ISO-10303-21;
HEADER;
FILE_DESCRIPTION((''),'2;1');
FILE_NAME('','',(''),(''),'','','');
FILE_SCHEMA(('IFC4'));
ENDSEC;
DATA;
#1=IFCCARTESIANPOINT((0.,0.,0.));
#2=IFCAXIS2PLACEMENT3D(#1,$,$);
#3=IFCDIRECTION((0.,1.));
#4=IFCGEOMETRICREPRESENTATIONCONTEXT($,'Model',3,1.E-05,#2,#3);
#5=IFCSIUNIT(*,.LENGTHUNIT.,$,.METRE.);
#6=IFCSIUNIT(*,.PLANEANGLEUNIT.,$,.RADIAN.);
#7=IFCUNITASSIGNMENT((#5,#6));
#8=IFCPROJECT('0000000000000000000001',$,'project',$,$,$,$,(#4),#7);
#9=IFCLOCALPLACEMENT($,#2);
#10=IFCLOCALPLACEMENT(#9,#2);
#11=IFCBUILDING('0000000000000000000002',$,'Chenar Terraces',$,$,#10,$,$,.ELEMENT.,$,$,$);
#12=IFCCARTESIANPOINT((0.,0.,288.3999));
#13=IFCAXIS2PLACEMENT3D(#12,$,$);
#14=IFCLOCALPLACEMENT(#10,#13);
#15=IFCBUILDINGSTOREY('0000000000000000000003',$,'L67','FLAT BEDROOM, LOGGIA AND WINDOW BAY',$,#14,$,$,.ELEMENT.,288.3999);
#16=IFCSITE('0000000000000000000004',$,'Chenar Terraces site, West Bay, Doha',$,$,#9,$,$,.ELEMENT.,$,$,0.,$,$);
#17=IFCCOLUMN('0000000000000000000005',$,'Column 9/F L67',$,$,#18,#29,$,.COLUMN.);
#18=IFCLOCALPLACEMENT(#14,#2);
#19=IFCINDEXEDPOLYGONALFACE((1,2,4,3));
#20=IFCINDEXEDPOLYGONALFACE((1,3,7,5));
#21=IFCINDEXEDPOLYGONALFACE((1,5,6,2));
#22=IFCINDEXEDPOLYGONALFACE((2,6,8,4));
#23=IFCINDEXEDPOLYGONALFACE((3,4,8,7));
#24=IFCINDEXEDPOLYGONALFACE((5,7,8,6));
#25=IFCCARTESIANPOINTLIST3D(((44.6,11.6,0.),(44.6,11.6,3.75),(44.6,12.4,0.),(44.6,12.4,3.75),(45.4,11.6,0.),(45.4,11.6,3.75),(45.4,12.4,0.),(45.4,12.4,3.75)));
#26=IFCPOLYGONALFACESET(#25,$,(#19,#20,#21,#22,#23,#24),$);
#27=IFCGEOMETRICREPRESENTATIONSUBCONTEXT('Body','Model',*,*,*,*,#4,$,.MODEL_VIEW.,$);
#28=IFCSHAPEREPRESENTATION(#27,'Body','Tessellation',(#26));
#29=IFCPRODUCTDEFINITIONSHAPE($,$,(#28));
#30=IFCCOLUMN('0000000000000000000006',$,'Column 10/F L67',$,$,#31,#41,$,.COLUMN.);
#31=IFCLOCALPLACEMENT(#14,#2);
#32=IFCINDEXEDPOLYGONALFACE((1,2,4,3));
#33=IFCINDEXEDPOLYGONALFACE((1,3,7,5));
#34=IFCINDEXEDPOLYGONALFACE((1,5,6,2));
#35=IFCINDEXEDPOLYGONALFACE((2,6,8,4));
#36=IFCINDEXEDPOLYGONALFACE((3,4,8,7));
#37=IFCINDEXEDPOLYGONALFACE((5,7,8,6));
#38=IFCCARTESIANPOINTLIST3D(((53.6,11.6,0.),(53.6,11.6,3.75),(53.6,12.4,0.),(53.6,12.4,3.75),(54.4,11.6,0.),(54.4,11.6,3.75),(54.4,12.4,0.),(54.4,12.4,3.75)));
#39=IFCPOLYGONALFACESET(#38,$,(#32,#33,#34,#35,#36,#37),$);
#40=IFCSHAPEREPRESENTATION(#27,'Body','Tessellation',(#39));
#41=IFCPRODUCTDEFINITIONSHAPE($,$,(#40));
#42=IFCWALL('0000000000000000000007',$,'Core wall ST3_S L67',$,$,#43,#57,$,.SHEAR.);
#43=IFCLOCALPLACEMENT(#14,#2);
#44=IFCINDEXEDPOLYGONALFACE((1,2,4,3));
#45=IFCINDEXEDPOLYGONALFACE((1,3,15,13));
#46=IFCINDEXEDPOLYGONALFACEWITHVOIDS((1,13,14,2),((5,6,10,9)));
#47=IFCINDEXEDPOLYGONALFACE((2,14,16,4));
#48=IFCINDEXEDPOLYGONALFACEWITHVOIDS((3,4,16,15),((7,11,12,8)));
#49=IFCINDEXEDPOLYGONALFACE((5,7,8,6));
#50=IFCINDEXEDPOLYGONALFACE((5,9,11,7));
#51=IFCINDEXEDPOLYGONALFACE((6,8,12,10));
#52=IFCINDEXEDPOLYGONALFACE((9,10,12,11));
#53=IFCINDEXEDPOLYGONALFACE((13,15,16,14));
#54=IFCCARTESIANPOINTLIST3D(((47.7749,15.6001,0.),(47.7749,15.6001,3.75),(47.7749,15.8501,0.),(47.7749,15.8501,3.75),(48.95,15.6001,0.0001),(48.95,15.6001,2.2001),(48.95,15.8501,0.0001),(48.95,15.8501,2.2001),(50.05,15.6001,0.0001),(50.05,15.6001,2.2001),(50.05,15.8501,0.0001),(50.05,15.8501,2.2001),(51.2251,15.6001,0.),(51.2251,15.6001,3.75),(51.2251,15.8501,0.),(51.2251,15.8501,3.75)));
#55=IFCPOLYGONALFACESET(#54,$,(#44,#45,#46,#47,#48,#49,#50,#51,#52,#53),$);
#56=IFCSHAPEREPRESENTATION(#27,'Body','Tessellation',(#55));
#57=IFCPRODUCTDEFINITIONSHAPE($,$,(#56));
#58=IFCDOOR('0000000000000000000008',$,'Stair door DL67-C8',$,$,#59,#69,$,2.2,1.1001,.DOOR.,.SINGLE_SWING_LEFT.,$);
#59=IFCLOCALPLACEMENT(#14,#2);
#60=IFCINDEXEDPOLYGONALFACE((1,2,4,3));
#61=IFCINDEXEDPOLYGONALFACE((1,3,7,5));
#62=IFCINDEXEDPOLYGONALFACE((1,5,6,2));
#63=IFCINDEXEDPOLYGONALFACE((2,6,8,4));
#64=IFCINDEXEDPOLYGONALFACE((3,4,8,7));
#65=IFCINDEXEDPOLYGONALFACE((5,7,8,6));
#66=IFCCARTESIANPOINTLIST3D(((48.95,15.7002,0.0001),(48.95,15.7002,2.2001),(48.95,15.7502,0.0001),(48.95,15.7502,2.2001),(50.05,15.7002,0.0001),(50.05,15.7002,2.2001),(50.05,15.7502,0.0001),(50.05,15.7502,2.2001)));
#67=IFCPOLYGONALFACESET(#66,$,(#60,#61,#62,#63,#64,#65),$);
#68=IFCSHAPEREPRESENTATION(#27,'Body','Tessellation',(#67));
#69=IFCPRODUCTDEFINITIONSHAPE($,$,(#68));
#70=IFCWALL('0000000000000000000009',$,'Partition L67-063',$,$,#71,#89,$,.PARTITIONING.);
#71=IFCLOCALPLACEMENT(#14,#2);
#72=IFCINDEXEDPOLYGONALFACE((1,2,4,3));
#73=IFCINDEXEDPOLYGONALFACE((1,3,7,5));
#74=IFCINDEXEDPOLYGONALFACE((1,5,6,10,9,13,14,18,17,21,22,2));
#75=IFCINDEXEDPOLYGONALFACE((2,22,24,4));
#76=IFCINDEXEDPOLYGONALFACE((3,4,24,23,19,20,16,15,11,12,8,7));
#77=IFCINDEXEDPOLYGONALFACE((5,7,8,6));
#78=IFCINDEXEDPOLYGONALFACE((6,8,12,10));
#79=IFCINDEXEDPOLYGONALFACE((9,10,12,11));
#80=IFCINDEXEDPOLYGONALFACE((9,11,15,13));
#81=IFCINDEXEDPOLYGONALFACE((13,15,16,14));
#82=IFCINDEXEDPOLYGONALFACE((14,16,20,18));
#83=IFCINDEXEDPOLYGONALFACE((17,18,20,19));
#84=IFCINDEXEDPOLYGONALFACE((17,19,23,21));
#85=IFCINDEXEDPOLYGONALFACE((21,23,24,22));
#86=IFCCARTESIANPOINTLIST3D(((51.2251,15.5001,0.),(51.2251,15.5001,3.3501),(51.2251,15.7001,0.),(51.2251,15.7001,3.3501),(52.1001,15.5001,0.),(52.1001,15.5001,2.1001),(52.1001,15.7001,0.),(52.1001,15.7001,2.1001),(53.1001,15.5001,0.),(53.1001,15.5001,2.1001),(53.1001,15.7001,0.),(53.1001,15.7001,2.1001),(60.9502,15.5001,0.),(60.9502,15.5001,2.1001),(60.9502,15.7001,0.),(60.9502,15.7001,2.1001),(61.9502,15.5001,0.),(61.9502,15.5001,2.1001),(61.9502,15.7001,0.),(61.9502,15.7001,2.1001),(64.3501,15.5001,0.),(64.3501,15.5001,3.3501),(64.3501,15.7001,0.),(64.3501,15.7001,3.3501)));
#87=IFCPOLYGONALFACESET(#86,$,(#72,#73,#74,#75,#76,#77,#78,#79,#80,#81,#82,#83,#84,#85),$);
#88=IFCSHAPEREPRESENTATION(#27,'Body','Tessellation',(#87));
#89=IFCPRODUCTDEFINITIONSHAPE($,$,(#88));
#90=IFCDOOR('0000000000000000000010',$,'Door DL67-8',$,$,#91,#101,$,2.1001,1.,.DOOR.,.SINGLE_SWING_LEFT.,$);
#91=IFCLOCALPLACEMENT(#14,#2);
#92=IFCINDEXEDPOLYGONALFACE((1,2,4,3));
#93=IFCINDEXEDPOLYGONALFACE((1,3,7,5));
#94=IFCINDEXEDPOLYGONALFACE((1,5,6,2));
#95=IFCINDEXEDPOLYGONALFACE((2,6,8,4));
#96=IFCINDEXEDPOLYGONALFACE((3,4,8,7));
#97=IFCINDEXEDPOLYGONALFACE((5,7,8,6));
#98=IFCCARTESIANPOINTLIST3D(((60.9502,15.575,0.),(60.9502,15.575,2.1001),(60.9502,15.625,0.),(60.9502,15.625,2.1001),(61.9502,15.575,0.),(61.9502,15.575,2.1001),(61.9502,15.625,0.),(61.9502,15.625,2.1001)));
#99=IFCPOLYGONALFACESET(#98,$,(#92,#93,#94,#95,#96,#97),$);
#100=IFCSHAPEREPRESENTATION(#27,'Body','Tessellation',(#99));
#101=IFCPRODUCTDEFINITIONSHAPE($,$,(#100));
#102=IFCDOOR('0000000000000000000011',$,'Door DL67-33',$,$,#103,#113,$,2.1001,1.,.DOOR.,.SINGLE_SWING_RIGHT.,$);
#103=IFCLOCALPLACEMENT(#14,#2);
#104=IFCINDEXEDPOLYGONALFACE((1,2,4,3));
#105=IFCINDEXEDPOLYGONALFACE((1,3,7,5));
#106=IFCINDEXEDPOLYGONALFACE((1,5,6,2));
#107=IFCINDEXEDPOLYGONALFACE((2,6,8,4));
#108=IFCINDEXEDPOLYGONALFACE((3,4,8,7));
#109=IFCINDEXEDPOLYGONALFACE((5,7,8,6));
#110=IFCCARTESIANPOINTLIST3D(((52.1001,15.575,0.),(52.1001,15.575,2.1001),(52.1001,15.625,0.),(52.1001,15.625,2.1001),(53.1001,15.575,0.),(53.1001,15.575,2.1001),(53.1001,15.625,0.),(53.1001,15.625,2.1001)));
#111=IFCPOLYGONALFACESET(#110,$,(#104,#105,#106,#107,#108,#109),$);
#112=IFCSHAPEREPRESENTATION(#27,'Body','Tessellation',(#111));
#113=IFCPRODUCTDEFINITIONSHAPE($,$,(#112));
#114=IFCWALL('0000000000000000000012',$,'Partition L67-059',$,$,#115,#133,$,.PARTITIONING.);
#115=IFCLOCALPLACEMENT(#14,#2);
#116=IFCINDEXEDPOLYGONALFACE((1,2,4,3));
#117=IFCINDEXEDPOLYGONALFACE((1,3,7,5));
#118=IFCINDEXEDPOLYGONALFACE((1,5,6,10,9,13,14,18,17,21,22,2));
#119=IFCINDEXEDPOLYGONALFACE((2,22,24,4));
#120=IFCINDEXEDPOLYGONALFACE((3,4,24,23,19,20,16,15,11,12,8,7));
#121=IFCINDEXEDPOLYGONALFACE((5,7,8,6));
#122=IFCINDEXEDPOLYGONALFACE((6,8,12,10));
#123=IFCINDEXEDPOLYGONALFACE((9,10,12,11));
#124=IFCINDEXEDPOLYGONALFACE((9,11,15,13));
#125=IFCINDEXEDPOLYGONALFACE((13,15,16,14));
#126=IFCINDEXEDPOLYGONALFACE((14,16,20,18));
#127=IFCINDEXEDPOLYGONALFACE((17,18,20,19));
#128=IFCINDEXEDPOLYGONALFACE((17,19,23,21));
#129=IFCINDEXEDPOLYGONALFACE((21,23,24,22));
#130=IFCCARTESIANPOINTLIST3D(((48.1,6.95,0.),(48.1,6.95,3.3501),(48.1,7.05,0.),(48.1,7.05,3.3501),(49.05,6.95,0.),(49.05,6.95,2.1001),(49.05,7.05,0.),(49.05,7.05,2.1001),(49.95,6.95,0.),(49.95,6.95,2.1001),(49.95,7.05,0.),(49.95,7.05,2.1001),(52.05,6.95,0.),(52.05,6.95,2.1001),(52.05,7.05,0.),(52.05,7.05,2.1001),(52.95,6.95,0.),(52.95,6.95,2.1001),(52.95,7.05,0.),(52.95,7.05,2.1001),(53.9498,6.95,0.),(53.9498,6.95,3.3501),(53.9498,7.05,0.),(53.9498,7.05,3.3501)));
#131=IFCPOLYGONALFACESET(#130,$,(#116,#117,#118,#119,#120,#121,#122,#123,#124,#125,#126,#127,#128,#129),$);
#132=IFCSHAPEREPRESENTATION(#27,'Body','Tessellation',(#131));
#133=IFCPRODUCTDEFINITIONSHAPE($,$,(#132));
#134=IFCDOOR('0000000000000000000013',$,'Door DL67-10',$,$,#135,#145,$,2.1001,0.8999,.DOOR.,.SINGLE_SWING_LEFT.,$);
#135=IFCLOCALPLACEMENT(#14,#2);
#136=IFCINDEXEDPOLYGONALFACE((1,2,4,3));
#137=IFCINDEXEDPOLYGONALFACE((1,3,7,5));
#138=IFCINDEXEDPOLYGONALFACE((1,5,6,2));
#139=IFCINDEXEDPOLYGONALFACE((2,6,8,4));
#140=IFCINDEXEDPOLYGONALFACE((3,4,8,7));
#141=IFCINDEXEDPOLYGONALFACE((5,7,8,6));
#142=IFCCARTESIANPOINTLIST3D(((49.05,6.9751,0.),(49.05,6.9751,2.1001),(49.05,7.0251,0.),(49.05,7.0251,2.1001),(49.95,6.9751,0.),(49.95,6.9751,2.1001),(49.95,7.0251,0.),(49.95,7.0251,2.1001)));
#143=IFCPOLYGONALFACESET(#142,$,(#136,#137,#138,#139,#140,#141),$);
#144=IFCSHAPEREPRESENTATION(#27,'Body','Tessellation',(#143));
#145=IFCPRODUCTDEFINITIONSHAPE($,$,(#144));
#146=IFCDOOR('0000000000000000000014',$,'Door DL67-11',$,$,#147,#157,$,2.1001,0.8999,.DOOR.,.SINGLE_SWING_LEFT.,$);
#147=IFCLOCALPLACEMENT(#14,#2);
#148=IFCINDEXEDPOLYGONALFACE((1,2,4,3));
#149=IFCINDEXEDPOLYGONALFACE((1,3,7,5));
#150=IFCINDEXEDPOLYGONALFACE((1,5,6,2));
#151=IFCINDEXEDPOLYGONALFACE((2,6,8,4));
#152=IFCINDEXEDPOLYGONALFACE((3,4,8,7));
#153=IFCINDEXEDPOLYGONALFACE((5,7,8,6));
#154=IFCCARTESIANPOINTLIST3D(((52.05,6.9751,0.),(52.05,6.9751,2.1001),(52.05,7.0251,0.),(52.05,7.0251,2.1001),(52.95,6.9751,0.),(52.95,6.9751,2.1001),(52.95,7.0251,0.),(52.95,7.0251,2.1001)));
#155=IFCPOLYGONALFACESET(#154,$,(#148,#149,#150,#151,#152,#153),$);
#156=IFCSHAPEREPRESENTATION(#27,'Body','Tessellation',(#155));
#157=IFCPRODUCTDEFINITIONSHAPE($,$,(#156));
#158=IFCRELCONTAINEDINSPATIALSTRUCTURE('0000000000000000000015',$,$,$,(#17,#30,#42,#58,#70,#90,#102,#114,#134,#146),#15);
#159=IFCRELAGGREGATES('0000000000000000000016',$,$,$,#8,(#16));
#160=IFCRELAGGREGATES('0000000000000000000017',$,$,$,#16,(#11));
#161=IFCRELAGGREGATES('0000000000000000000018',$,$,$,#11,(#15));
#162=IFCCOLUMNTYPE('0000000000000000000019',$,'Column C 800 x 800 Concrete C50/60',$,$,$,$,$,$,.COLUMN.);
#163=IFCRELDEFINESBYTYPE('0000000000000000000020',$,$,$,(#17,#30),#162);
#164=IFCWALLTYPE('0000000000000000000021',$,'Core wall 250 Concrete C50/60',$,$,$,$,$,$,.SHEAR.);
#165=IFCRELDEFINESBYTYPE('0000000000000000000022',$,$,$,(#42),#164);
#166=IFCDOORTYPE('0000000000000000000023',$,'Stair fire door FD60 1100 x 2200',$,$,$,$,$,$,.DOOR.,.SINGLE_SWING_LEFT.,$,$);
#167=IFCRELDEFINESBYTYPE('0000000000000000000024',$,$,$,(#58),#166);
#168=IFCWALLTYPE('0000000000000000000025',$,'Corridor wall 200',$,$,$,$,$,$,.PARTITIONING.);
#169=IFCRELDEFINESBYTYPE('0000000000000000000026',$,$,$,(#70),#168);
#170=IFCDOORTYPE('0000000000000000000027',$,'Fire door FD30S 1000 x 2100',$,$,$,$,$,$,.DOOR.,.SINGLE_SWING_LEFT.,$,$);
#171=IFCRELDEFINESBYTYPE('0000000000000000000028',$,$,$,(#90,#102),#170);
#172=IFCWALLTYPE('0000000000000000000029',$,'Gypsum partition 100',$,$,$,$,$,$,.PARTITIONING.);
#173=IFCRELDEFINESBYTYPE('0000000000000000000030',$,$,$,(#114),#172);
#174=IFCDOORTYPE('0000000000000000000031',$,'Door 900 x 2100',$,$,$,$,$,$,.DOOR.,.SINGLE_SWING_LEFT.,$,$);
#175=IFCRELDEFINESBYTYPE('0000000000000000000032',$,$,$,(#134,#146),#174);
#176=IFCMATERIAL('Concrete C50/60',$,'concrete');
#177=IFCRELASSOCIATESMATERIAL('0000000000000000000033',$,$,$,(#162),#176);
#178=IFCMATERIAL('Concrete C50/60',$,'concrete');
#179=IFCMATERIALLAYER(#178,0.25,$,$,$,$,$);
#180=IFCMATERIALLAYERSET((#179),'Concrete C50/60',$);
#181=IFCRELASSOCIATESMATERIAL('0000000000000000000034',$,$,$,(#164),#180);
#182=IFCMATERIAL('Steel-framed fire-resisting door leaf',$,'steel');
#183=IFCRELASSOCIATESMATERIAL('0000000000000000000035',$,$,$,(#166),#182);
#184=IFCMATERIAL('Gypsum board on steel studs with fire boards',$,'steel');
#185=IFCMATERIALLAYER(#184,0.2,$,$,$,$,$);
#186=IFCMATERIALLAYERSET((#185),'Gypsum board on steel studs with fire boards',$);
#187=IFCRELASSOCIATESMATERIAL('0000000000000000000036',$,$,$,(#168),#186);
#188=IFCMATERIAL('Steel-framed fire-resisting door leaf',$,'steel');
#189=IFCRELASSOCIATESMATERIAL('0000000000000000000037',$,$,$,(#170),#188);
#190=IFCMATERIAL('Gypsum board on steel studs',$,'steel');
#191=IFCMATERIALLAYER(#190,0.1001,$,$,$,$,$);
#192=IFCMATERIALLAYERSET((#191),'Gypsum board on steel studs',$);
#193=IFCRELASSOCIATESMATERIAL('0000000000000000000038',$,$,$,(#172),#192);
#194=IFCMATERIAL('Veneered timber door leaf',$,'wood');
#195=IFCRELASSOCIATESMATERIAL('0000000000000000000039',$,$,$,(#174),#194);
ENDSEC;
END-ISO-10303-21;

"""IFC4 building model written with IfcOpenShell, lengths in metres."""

from ifc_helpers import new_model, si_unit, direction, frame, frame_2d, origin, origin_2d, place, context, subcontext, project, spatial, rectangle, extrude, material, layer, layer_set, material_profile, profile_set, type_object, element, fill, save


model = new_model("IFC4")

# Units and contexts
model_context = context("Model", 3, precision=1e-05, world=origin(), true_north=direction((0.0, 1.0)))
body_context = subcontext(model_context, "Body", "Model", "MODEL_VIEW")
ifc_project = project(units=[si_unit("LENGTHUNIT", "METRE"), si_unit("PLANEANGLEUNIT", "RADIAN")], contexts=[model_context])

# Site, building, storey
site_placement = place(None, origin())
site = spatial("IfcSite", under=ifc_project, at=site_placement, Name="Chenar Terraces site, West Bay, Doha", CompositionType="ELEMENT", RefElevation=0.0)
building_placement = place(site_placement, origin())
building = spatial("IfcBuilding", under=site, at=building_placement, Name="Chenar Terraces", CompositionType="ELEMENT")
storey_placement = place(building_placement, frame((0.0, 0.0, 288.3999)))
storey = spatial("IfcBuildingStorey", under=building, at=storey_placement, Name="L67", Description="FLAT BEDROOM, LOGGIA AND WINDOW BAY", CompositionType="ELEMENT", Elevation=288.3999)

# Columns
ifc_material_1 = material(Name="Concrete C50/60", Category="concrete")
ifc_material_profile = material_profile(ifc_material_1, rectangle(XDim=0.8, YDim=0.8, at=origin_2d()), Name="C 800 x 800")
ifc_profile_set = profile_set([ifc_material_profile], Name="Concrete C50/60")
column_type = type_object("IfcColumnType", Name="Column C 800 x 800 Concrete C50/60", PredefinedType="COLUMN", material=ifc_profile_set)
for number, where, z_axis, x_axis, name in (
    (1, (45.0, 12.0, 0.0), (0.0, 0.0, 1.0), (1.0, 0.0, 0.0), "Column 9/F L67"),
    (2, (54.0, 12.0, 0.0), (0.0, 0.0, 1.0), (1.0, 0.0, 0.0), "Column 10/F L67"),
):
    element("IfcColumn", number, at=place(storey_placement, frame(where, z_axis=z_axis, x_axis=x_axis)), inside=storey, type_object=column_type, Name=name, PredefinedType="COLUMN", context=body_context, shape_type="SweptSolid", body=[
        extrude(rectangle(XDim=0.8, YDim=0.8, at=origin_2d()), origin(), (0.0, 0.0, 1.0), 3.75),
    ])

# Wall, opening, door
ifc_material_2 = material(Name="Concrete C50/60", Category="concrete")
ifc_layer_1 = layer(ifc_material_2, 0.25)
ifc_layer_set_1 = layer_set([ifc_layer_1], Name="Concrete C50/60")
wall_type_1 = type_object("IfcWallType", Name="Core wall 250 Concrete C50/60", PredefinedType="SHEAR", material=ifc_layer_set_1)
wall_1_placement = place(storey_placement, frame((47.7749, 15.7251, 0.0), z_axis=(0.0, 0.0, 1.0), x_axis=(1.0, 0.0, 0.0)))
wall_1 = element("IfcWall", 3, at=wall_1_placement, inside=storey, type_object=wall_type_1, Name="Core wall ST3_S L67", PredefinedType="SHEAR", context=body_context, shape_type="SweptSolid", body=[
    extrude(rectangle(XDim=3.4502, YDim=0.25, at=frame_2d((1.7251, 0.0))), origin(), (0.0, 0.0, 1.0), 3.75),
])
opening_1_placement = place(wall_1_placement, frame((1.175, 0.0, 0.0)))
opening_1 = element("IfcOpeningElement", 4, at=opening_1_placement, cuts=wall_1, PredefinedType="OPENING", context=body_context, shape_type="SweptSolid", body=[
    extrude(rectangle(XDim=1.1001, YDim=2.2, at=frame_2d((0.55, 1.1001))), frame((0.0, 0.135, 0.0), z_axis=(0.0, -1.0, 0.0), x_axis=(1.0, 0.0, 0.0)), (0.0, 0.0, 1.0), 0.27),
])
ifc_material_3 = material(Name="Steel-framed fire-resisting door leaf", Category="steel")
door_type_1 = type_object("IfcDoorType", Name="Stair fire door FD60 1100 x 2200", OperationType="SINGLE_SWING_LEFT", PredefinedType="DOOR", material=ifc_material_3)
door_1_placement = place(opening_1_placement, frame((1.1001, 0.0, 0.0), z_axis=(0.0, 0.0, 1.0), x_axis=(-1.0, 0.0, 0.0)))
door_1 = element("IfcDoor", 5, at=door_1_placement, inside=storey, type_object=door_type_1, Name="Stair door DL67-C8", OperationType="SINGLE_SWING_LEFT", OverallHeight=2.2, OverallWidth=1.1001, PredefinedType="DOOR", context=body_context, shape_type="SweptSolid", body=[
    extrude(rectangle(XDim=1.1001, YDim=2.2, at=frame_2d((0.55, 1.1001))), frame((0.0, 0.0249, 0.0), z_axis=(0.0, -1.0, 0.0), x_axis=(1.0, 0.0, 0.0)), (0.0, 0.0, 1.0), 0.05),
])
fill(opening_1, door_1)

# Walls, openings, doors
ifc_material_4 = material(Name="Gypsum board on steel studs with fire boards", Category="steel")
ifc_layer_2 = layer(ifc_material_4, 0.2)
ifc_layer_set_2 = layer_set([ifc_layer_2], Name="Gypsum board on steel studs with fire boards")
wall_type_2 = type_object("IfcWallType", Name="Corridor wall 200", PredefinedType="PARTITIONING", material=ifc_layer_set_2)
wall_2_placement = place(storey_placement, frame((51.2251, 15.6001, 0.0), z_axis=(0.0, 0.0, 1.0), x_axis=(1.0, 0.0, 0.0)))
wall_2 = element("IfcWall", 6, at=wall_2_placement, inside=storey, type_object=wall_type_2, Name="Partition L67-063", PredefinedType="PARTITIONING", context=body_context, shape_type="SweptSolid", body=[
    extrude(rectangle(XDim=13.125, YDim=0.2, at=frame_2d((6.5625, 0.0))), origin(), (0.0, 0.0, 1.0), 3.3501),
])
opening_2_placement = place(wall_2_placement, frame((9.7251, 0.0, 0.0)))
opening_2 = element("IfcOpeningElement", 7, at=opening_2_placement, cuts=wall_2, PredefinedType="OPENING", context=body_context, shape_type="SweptSolid", body=[
    extrude(rectangle(XDim=1.0, YDim=2.1001, at=frame_2d((0.5, 1.05))), frame((0.0, 0.1099, 0.0), z_axis=(0.0, -1.0, 0.0), x_axis=(1.0, 0.0, 0.0)), (0.0, 0.0, 1.0), 0.22),
])
opening_3_placement = place(wall_2_placement, frame((0.875, 0.0, 0.0)))
opening_3 = element("IfcOpeningElement", 8, at=opening_3_placement, cuts=wall_2, PredefinedType="OPENING", context=body_context, shape_type="SweptSolid", body=[
    extrude(rectangle(XDim=1.0, YDim=2.1001, at=frame_2d((0.5, 1.05))), frame((0.0, 0.1099, 0.0), z_axis=(0.0, -1.0, 0.0), x_axis=(1.0, 0.0, 0.0)), (0.0, 0.0, 1.0), 0.22),
])
ifc_material_5 = material(Name="Steel-framed fire-resisting door leaf", Category="steel")
door_type_2 = type_object("IfcDoorType", Name="Fire door FD30S 1000 x 2100", OperationType="SINGLE_SWING_LEFT", PredefinedType="DOOR", material=ifc_material_5)
door_2_placement = place(opening_2_placement, origin())
door_2 = element("IfcDoor", 9, at=door_2_placement, inside=storey, type_object=door_type_2, Name="Door DL67-8", OperationType="SINGLE_SWING_LEFT", OverallHeight=2.1001, OverallWidth=1.0, PredefinedType="DOOR", context=body_context, shape_type="SweptSolid", body=[
    extrude(rectangle(XDim=1.0, YDim=2.1001, at=frame_2d((0.5, 1.05))), frame((0.0, 0.0249, 0.0), z_axis=(0.0, -1.0, 0.0), x_axis=(1.0, 0.0, 0.0)), (0.0, 0.0, 1.0), 0.05),
])
fill(opening_2, door_2)
door_3_placement = place(opening_3_placement, origin())
door_3 = element("IfcDoor", 10, at=door_3_placement, inside=storey, type_object=door_type_2, Name="Door DL67-33", OperationType="SINGLE_SWING_RIGHT", OverallHeight=2.1001, OverallWidth=1.0, PredefinedType="DOOR", context=body_context, shape_type="SweptSolid", body=[
    extrude(rectangle(XDim=1.0, YDim=2.1001, at=frame_2d((0.5, 1.05))), frame((0.0, 0.0249, 0.0), z_axis=(0.0, -1.0, 0.0), x_axis=(1.0, 0.0, 0.0)), (0.0, 0.0, 1.0), 0.05),
])
fill(opening_3, door_3)
ifc_material_6 = material(Name="Gypsum board on steel studs", Category="steel")
ifc_layer_3 = layer(ifc_material_6, 0.1001)
ifc_layer_set_3 = layer_set([ifc_layer_3], Name="Gypsum board on steel studs")
wall_type_3 = type_object("IfcWallType", Name="Gypsum partition 100", PredefinedType="PARTITIONING", material=ifc_layer_set_3)
wall_3_placement = place(storey_placement, frame((48.1001, 7.0, 0.0), z_axis=(0.0, 0.0, 1.0), x_axis=(1.0, 0.0, 0.0)))
wall_3 = element("IfcWall", 11, at=wall_3_placement, inside=storey, type_object=wall_type_3, Name="Partition L67-059", PredefinedType="PARTITIONING", context=body_context, shape_type="SweptSolid", body=[
    extrude(rectangle(XDim=5.8499, YDim=0.1001, at=frame_2d((2.9248, 0.0))), origin(), (0.0, 0.0, 1.0), 3.3501),
])
opening_4_placement = place(wall_3_placement, frame((0.95, 0.0, 0.0)))
opening_4 = element("IfcOpeningElement", 12, at=opening_4_placement, cuts=wall_3, PredefinedType="OPENING", context=body_context, shape_type="SweptSolid", body=[
    extrude(rectangle(XDim=0.8999, YDim=2.1001, at=frame_2d((0.45, 1.05))), frame((0.0, 0.0601, 0.0), z_axis=(0.0, -1.0, 0.0), x_axis=(1.0, 0.0, 0.0)), (0.0, 0.0, 1.0), 0.1201),
])
opening_5_placement = place(wall_3_placement, frame((3.95, 0.0, 0.0)))
opening_5 = element("IfcOpeningElement", 13, at=opening_5_placement, cuts=wall_3, PredefinedType="OPENING", context=body_context, shape_type="SweptSolid", body=[
    extrude(rectangle(XDim=0.8999, YDim=2.1001, at=frame_2d((0.45, 1.05))), frame((0.0, 0.0601, 0.0), z_axis=(0.0, -1.0, 0.0), x_axis=(1.0, 0.0, 0.0)), (0.0, 0.0, 1.0), 0.1201),
])
ifc_material_7 = material(Name="Veneered timber door leaf", Category="wood")
door_type_3 = type_object("IfcDoorType", Name="Door 900 x 2100", OperationType="SINGLE_SWING_LEFT", PredefinedType="DOOR", material=ifc_material_7)
door_4_placement = place(opening_4_placement, frame((0.8999, 0.0, 0.0), z_axis=(0.0, 0.0, 1.0), x_axis=(-1.0, 0.0, 0.0)))
door_4 = element("IfcDoor", 14, at=door_4_placement, inside=storey, type_object=door_type_3, Name="Door DL67-10", OperationType="SINGLE_SWING_LEFT", OverallHeight=2.1001, OverallWidth=0.8999, PredefinedType="DOOR", context=body_context, shape_type="SweptSolid", body=[
    extrude(rectangle(XDim=0.8999, YDim=2.1001, at=frame_2d((0.45, 1.05))), frame((0.0, 0.0249, 0.0), z_axis=(0.0, -1.0, 0.0), x_axis=(1.0, 0.0, 0.0)), (0.0, 0.0, 1.0), 0.05),
])
fill(opening_4, door_4)
door_5_placement = place(opening_5_placement, frame((0.8999, 0.0, 0.0), z_axis=(0.0, 0.0, 1.0), x_axis=(-1.0, 0.0, 0.0)))
door_5 = element("IfcDoor", 15, at=door_5_placement, inside=storey, type_object=door_type_3, Name="Door DL67-11", OperationType="SINGLE_SWING_LEFT", OverallHeight=2.1001, OverallWidth=0.8999, PredefinedType="DOOR", context=body_context, shape_type="SweptSolid", body=[
    extrude(rectangle(XDim=0.8999, YDim=2.1001, at=frame_2d((0.45, 1.05))), frame((0.0, 0.0249, 0.0), z_axis=(0.0, -1.0, 0.0), x_axis=(1.0, 0.0, 0.0)), (0.0, 0.0, 1.0), 0.05),
])
fill(opening_5, door_5)

save(model, "model.ifc")
